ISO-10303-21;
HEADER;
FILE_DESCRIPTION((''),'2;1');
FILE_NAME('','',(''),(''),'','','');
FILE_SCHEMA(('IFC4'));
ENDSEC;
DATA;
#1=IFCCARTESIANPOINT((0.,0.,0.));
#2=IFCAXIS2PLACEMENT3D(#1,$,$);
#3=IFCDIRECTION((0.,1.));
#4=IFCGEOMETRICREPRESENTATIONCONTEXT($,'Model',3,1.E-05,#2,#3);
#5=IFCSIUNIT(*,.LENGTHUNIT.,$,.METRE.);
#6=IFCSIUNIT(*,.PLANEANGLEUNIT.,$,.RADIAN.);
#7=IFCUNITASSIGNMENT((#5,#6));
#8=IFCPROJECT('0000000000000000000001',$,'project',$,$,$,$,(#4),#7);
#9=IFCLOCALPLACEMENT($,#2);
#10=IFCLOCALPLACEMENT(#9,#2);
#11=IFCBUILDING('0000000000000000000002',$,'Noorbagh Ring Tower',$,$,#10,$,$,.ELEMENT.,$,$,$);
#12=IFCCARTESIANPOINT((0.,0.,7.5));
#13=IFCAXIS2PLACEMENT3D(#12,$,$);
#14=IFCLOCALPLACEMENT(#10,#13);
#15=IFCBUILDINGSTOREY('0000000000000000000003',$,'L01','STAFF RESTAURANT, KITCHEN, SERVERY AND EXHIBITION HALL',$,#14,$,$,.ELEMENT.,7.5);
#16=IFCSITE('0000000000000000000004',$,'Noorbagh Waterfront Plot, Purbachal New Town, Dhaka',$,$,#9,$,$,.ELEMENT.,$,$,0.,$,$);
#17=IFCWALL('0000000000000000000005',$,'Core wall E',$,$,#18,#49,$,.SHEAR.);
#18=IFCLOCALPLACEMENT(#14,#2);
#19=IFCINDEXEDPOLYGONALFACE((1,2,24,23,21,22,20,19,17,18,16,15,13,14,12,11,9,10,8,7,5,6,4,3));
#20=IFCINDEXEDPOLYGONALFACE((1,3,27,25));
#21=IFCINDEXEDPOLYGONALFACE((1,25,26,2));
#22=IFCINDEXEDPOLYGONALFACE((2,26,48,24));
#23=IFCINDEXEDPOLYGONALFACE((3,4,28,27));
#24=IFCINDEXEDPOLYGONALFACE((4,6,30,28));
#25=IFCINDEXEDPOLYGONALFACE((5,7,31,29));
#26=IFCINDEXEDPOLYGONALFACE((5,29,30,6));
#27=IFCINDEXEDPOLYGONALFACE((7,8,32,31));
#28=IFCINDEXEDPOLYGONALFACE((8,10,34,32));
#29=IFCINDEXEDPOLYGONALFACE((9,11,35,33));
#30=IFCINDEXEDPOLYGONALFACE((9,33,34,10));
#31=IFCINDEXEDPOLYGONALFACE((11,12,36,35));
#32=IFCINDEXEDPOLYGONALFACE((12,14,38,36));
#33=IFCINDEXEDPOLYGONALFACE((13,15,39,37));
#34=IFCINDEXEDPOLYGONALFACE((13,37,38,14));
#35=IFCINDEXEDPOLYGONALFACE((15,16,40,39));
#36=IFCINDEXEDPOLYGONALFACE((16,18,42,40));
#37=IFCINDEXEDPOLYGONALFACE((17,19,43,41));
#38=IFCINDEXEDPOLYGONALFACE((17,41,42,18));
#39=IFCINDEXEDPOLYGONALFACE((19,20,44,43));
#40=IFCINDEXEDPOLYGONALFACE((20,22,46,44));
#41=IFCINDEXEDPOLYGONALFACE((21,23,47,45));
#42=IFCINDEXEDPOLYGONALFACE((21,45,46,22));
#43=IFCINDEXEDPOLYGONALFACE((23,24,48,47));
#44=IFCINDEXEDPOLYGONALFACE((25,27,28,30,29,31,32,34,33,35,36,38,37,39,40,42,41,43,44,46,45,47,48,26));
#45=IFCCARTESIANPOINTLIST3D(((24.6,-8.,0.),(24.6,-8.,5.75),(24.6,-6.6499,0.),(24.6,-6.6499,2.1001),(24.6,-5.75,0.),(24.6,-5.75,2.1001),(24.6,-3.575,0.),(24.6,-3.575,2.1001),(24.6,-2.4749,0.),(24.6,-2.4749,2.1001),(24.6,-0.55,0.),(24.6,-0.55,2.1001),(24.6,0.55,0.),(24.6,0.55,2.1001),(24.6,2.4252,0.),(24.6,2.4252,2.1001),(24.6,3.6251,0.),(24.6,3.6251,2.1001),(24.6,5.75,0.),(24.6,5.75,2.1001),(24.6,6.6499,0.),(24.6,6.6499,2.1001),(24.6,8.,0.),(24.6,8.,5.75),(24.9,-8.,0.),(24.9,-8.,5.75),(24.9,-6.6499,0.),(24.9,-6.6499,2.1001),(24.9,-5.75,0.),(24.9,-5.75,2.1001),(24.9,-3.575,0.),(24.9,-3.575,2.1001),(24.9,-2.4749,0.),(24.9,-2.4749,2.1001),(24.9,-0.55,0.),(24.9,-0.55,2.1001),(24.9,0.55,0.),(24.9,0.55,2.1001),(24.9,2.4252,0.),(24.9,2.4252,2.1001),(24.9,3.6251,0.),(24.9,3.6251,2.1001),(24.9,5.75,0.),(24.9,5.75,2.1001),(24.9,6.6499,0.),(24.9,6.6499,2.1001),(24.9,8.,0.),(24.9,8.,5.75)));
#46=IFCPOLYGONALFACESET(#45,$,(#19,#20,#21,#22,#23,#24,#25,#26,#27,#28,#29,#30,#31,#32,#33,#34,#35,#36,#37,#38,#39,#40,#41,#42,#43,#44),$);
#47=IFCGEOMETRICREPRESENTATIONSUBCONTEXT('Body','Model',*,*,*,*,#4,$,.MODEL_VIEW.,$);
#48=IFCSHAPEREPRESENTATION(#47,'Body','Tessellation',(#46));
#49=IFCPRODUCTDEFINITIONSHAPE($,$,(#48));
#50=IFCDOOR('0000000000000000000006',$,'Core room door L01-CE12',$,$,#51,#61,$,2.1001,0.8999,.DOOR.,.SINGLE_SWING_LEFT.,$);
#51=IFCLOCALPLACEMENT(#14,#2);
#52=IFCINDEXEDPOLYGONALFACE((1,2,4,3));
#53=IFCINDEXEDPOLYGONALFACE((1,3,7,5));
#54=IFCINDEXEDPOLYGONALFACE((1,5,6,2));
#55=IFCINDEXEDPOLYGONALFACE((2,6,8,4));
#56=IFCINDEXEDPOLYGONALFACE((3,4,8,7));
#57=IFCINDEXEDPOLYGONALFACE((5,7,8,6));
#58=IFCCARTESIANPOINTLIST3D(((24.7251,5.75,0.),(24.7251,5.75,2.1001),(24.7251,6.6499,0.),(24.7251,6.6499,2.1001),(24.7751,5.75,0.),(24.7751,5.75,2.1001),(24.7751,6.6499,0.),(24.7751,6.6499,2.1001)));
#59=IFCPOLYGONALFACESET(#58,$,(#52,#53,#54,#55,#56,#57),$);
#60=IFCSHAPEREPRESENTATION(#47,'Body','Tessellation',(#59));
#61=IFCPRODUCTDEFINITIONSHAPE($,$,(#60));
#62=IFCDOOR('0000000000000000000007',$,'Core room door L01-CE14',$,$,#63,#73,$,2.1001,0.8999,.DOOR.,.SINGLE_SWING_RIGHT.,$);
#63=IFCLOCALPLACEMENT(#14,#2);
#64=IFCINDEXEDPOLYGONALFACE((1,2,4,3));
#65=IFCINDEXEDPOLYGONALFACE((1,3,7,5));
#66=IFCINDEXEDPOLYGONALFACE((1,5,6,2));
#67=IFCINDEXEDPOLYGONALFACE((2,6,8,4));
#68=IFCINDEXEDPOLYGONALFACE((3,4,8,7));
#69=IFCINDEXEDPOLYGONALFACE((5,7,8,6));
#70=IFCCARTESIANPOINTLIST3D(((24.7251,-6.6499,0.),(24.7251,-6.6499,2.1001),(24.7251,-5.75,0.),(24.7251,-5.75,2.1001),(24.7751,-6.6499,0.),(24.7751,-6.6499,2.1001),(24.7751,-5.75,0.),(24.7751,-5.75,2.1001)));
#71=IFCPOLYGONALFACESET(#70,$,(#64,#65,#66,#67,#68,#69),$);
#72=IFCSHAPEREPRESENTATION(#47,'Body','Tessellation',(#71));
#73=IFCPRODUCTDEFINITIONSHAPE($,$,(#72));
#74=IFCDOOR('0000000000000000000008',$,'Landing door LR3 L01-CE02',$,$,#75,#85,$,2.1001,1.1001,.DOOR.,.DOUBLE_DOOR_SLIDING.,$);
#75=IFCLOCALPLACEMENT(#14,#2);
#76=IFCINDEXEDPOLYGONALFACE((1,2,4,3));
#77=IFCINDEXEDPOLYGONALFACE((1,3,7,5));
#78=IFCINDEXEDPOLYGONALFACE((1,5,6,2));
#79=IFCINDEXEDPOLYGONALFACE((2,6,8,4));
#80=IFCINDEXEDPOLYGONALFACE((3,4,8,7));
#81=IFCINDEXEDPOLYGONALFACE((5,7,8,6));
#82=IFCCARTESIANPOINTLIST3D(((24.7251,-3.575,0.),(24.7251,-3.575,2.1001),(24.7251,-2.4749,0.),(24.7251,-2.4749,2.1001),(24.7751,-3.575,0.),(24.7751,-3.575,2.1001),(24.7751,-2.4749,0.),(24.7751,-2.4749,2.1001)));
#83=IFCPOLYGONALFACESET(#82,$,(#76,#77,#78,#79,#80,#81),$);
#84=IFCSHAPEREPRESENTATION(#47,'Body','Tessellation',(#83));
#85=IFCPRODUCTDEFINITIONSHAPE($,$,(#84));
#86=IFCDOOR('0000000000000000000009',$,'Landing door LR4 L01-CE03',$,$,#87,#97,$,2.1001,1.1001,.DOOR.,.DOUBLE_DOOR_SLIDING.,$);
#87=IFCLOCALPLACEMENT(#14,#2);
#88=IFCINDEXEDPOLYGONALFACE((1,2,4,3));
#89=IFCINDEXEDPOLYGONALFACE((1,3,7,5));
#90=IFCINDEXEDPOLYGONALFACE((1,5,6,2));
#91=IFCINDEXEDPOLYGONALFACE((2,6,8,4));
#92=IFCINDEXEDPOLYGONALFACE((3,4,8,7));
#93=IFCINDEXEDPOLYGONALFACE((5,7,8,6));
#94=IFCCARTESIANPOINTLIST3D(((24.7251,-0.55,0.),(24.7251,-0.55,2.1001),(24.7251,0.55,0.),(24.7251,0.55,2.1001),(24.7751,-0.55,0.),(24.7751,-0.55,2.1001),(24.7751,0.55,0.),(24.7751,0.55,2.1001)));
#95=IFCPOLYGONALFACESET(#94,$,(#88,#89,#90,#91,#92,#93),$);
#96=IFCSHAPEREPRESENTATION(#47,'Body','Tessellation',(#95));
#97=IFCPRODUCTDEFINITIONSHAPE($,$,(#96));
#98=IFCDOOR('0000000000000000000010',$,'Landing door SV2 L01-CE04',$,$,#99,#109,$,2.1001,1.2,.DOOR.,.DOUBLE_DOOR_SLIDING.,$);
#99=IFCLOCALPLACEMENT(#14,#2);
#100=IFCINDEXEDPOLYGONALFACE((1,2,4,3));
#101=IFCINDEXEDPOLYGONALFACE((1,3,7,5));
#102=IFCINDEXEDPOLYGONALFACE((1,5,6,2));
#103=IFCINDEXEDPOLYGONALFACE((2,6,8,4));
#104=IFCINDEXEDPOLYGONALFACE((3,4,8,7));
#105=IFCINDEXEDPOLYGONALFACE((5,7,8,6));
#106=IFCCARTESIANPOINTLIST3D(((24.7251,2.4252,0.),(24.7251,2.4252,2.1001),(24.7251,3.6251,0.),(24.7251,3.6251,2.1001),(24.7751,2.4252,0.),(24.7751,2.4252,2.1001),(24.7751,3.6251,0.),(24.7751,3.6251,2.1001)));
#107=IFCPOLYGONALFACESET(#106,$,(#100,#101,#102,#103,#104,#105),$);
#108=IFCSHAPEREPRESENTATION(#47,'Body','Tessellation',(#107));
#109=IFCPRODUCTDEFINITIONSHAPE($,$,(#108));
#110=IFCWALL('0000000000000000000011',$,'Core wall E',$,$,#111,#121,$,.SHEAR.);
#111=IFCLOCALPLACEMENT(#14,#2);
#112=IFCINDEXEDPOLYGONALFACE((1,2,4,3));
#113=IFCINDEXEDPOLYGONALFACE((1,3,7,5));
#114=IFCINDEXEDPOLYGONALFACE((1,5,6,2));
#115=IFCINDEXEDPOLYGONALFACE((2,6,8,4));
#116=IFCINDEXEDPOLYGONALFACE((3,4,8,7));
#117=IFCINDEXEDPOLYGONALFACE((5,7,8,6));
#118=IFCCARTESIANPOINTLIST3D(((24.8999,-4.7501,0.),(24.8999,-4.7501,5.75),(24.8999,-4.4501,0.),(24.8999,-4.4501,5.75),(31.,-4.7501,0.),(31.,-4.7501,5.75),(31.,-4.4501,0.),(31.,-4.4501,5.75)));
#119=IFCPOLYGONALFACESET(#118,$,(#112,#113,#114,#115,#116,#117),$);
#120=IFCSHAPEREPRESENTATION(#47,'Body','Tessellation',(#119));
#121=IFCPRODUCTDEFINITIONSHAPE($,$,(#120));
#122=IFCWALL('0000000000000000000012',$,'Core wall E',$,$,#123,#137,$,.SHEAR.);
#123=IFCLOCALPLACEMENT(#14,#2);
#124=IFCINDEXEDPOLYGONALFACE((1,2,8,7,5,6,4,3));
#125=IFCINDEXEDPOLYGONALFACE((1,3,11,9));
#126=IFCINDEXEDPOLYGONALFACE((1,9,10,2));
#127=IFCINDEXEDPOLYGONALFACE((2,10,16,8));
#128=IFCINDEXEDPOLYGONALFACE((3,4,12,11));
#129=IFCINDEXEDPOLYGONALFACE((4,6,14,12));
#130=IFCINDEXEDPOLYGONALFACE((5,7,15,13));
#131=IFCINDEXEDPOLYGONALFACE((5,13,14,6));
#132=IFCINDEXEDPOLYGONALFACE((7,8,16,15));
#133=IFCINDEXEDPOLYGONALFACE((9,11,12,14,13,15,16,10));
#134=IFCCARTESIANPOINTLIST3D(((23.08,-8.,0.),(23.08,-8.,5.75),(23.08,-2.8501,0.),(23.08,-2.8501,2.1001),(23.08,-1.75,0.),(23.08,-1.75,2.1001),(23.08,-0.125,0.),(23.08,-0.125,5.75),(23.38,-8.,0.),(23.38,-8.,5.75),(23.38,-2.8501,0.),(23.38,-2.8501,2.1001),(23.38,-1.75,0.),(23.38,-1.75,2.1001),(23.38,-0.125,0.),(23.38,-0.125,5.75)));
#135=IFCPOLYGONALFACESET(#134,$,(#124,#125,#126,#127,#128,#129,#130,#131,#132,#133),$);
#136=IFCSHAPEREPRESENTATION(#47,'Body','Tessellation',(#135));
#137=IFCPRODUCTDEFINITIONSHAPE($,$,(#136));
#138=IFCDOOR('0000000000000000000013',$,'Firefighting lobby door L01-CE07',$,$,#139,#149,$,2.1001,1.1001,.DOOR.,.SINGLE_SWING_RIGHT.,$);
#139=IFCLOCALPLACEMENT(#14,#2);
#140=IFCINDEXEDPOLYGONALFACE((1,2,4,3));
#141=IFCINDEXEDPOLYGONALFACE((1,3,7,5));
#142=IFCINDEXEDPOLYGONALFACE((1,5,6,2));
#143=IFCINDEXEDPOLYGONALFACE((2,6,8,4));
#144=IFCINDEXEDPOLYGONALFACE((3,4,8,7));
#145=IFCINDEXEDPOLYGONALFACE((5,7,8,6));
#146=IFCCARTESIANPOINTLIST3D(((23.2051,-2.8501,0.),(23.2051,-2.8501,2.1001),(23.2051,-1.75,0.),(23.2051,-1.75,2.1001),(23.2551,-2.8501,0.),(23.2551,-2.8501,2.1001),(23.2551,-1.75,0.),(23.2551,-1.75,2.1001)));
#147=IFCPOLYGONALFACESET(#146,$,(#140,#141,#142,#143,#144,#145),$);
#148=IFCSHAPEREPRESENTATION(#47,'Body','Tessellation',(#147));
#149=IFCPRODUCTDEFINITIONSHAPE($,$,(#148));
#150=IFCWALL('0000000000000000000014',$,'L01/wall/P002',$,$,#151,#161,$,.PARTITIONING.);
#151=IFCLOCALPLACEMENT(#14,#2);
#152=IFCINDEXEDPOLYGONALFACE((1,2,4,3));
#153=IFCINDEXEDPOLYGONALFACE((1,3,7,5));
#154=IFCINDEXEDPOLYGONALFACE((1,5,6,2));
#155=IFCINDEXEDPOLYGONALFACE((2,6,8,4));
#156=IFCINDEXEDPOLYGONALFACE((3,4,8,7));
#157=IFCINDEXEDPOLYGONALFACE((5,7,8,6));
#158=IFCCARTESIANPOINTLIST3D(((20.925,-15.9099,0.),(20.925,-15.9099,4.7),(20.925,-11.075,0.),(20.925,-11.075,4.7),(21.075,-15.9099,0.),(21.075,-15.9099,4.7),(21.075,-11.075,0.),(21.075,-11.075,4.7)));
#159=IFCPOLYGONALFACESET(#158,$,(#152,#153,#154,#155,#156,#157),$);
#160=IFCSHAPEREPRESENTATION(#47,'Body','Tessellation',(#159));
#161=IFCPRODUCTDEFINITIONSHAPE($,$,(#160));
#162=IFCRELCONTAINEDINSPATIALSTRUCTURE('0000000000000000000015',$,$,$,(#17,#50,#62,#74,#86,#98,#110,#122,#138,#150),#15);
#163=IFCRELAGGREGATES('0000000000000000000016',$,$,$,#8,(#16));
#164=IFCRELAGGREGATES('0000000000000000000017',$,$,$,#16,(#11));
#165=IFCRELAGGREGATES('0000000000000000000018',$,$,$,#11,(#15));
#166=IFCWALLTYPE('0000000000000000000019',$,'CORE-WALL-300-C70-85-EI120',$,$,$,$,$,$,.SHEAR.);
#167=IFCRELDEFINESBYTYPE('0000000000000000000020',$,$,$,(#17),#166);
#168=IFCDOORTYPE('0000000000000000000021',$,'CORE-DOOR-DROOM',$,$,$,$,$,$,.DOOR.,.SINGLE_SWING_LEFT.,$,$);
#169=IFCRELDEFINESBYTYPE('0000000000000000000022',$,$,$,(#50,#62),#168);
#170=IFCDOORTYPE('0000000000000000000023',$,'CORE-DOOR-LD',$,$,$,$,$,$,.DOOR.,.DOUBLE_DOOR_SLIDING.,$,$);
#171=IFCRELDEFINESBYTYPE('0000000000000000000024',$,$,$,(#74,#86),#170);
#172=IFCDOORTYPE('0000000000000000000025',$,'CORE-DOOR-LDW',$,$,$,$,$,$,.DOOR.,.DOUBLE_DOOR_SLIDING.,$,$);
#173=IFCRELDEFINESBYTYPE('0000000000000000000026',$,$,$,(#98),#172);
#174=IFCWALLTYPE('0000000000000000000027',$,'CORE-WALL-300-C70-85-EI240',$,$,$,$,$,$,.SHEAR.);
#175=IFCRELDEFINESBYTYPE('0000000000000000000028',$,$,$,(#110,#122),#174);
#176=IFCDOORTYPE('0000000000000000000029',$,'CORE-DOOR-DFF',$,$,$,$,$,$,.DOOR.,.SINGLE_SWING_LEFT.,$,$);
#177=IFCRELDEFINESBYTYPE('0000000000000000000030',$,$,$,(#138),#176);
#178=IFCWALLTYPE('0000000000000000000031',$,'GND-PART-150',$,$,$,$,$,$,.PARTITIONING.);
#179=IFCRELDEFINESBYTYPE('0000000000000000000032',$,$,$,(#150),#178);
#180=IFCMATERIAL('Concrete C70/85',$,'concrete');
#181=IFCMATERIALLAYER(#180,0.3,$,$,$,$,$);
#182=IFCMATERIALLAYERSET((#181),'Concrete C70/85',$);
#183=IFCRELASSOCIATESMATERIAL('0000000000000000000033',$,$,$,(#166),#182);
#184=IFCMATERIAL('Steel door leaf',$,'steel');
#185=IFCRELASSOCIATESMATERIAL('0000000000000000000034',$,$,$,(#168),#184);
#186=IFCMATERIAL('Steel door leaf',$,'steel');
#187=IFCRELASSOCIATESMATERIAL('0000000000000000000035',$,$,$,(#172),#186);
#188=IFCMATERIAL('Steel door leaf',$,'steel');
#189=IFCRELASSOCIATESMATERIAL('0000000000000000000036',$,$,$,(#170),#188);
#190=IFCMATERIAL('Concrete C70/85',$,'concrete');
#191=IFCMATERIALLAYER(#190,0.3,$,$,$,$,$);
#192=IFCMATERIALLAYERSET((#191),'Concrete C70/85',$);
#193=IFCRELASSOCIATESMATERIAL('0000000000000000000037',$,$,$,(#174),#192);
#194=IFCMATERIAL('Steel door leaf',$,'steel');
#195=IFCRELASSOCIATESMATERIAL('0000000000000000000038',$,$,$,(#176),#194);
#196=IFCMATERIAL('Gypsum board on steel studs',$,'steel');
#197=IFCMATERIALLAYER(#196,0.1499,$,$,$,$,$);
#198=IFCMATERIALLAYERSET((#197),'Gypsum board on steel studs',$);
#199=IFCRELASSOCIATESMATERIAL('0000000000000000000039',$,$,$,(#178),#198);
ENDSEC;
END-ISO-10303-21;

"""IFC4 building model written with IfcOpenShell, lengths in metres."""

from ifc_helpers import new_model, si_unit, direction, frame, frame_2d, origin, place, context, subcontext, project, spatial, rectangle, extrude, material, layer, layer_set, type_object, element, fill, save


model = new_model("IFC4")

# Units and contexts
model_context = context("Model", 3, precision=1e-05, world=origin(), true_north=direction((0.0, 1.0)))
body_context = subcontext(model_context, "Body", "Model", "MODEL_VIEW")
ifc_project = project(units=[si_unit("LENGTHUNIT", "METRE"), si_unit("PLANEANGLEUNIT", "RADIAN")], contexts=[model_context])

# Site, building, storey
site_placement = place(None, origin())
site = spatial("IfcSite", under=ifc_project, at=site_placement, Name="Noorbagh Waterfront Plot, Purbachal New Town, Dhaka", CompositionType="ELEMENT", RefElevation=0.0)
building_placement = place(site_placement, origin())
building = spatial("IfcBuilding", under=site, at=building_placement, Name="Noorbagh Ring Tower", CompositionType="ELEMENT")
storey_placement = place(building_placement, frame((0.0, 0.0, 7.5)))
storey = spatial("IfcBuildingStorey", under=building, at=storey_placement, Name="L01", Description="STAFF RESTAURANT, KITCHEN, SERVERY AND EXHIBITION HALL", CompositionType="ELEMENT", Elevation=7.5)

# Wall, openings, doors
ifc_material_1 = material(Name="Concrete C70/85", Category="concrete")
ifc_layer_1 = layer(ifc_material_1, 0.3)
ifc_layer_set_1 = layer_set([ifc_layer_1], Name="Concrete C70/85")
wall_type_1 = type_object("IfcWallType", Name="CORE-WALL-300-C70-85-EI120", PredefinedType="SHEAR", material=ifc_layer_set_1)
ifc_material_2 = material(Name="Steel door leaf", Category="steel")
door_type_1 = type_object("IfcDoorType", Name="CORE-DOOR-DROOM", OperationType="SINGLE_SWING_LEFT", PredefinedType="DOOR", material=ifc_material_2)
ifc_material_3 = material(Name="Steel door leaf", Category="steel")
door_type_2 = type_object("IfcDoorType", Name="CORE-DOOR-LDW", OperationType="DOUBLE_DOOR_SLIDING", PredefinedType="DOOR", material=ifc_material_3)
wall_1_placement = place(storey_placement, frame((24.75, -8.0, 0.0), z_axis=(0.0, 0.0, 1.0), x_axis=(0.0, 1.0, 0.0)))
wall_1 = element("IfcWall", 1, at=wall_1_placement, inside=storey, type_object=wall_type_1, Name="Core wall E", PredefinedType="SHEAR", context=body_context, shape_type="SweptSolid", body=[
    extrude(rectangle(XDim=16.0, YDim=0.3, at=frame_2d((8.0, 0.0))), origin(), (0.0, 0.0, 1.0), 5.75),
])
opening_1_placement = place(wall_1_placement, frame((4.425, 0.0, 0.0)))
opening_1 = element("IfcOpeningElement", 2, at=opening_1_placement, cuts=wall_1, PredefinedType="OPENING", context=body_context, shape_type="SweptSolid", body=[
    extrude(rectangle(XDim=1.1001, YDim=2.1001, at=frame_2d((0.55, 1.05))), frame((0.0, 0.1602, 0.0), z_axis=(0.0, -1.0, 0.0), x_axis=(1.0, 0.0, 0.0)), (0.0, 0.0, 1.0), 0.3201),
])
opening_2_placement = place(wall_1_placement, frame((7.45, 0.0, 0.0)))
opening_2 = element("IfcOpeningElement", 3, at=opening_2_placement, cuts=wall_1, PredefinedType="OPENING", context=body_context, shape_type="SweptSolid", body=[
    extrude(rectangle(XDim=1.1001, YDim=2.1001, at=frame_2d((0.55, 1.05))), frame((0.0, 0.1602, 0.0), z_axis=(0.0, -1.0, 0.0), x_axis=(1.0, 0.0, 0.0)), (0.0, 0.0, 1.0), 0.3201),
])
opening_3_placement = place(wall_1_placement, frame((10.425, 0.0, 0.0)))
opening_3 = element("IfcOpeningElement", 4, at=opening_3_placement, cuts=wall_1, PredefinedType="OPENING", context=body_context, shape_type="SweptSolid", body=[
    extrude(rectangle(XDim=1.2, YDim=2.1001, at=frame_2d((0.6001, 1.05))), frame((0.0, 0.1602, 0.0), z_axis=(0.0, -1.0, 0.0), x_axis=(1.0, 0.0, 0.0)), (0.0, 0.0, 1.0), 0.3201),
])
opening_4_placement = place(wall_1_placement, frame((13.75, 0.0, 0.0)))
opening_4 = element("IfcOpeningElement", 5, at=opening_4_placement, cuts=wall_1, PredefinedType="OPENING", context=body_context, shape_type="SweptSolid", body=[
    extrude(rectangle(XDim=0.8999, YDim=2.1001, at=frame_2d((0.45, 1.05))), frame((0.0, 0.1602, 0.0), z_axis=(0.0, -1.0, 0.0), x_axis=(1.0, 0.0, 0.0)), (0.0, 0.0, 1.0), 0.3201),
])
opening_5_placement = place(wall_1_placement, frame((1.3501, 0.0, 0.0)))
opening_5 = element("IfcOpeningElement", 6, at=opening_5_placement, cuts=wall_1, PredefinedType="OPENING", context=body_context, shape_type="SweptSolid", body=[
    extrude(rectangle(XDim=0.8999, YDim=2.1001, at=frame_2d((0.45, 1.05))), frame((0.0, 0.1602, 0.0), z_axis=(0.0, -1.0, 0.0), x_axis=(1.0, 0.0, 0.0)), (0.0, 0.0, 1.0), 0.3201),
])
door_1_placement = place(opening_4_placement, origin())
door_1 = element("IfcDoor", 7, at=door_1_placement, inside=storey, type_object=door_type_1, Name="Core room door L01-CE12", OperationType="SINGLE_SWING_LEFT", OverallHeight=2.1001, OverallWidth=0.8999, PredefinedType="DOOR", context=body_context, shape_type="SweptSolid", body=[
    extrude(rectangle(XDim=0.8999, YDim=2.1001, at=frame_2d((0.45, 1.05))), frame((0.0, 0.0249, 0.0), z_axis=(0.0, -1.0, 0.0), x_axis=(1.0, 0.0, 0.0)), (0.0, 0.0, 1.0), 0.05),
])
fill(opening_4, door_1)
door_2_placement = place(opening_5_placement, origin())
door_2 = element("IfcDoor", 8, at=door_2_placement, inside=storey, type_object=door_type_1, Name="Core room door L01-CE14", OperationType="SINGLE_SWING_RIGHT", OverallHeight=2.1001, OverallWidth=0.8999, PredefinedType="DOOR", context=body_context, shape_type="SweptSolid", body=[
    extrude(rectangle(XDim=0.8999, YDim=2.1001, at=frame_2d((0.45, 1.05))), frame((0.0, 0.0249, 0.0), z_axis=(0.0, -1.0, 0.0), x_axis=(1.0, 0.0, 0.0)), (0.0, 0.0, 1.0), 0.05),
])
fill(opening_5, door_2)
ifc_material_4 = material(Name="Steel door leaf", Category="steel")
door_type_3 = type_object("IfcDoorType", Name="CORE-DOOR-LD", OperationType="DOUBLE_DOOR_SLIDING", PredefinedType="DOOR", material=ifc_material_4)
door_3_placement = place(opening_1_placement, origin())
door_3 = element("IfcDoor", 9, at=door_3_placement, inside=storey, type_object=door_type_3, Name="Landing door LR3 L01-CE02", OperationType="DOUBLE_DOOR_SLIDING", OverallHeight=2.1001, OverallWidth=1.1001, PredefinedType="DOOR", context=body_context, shape_type="SweptSolid", body=[
    extrude(rectangle(XDim=1.1001, YDim=2.1001, at=frame_2d((0.55, 1.05))), frame((0.0, 0.0249, 0.0), z_axis=(0.0, -1.0, 0.0), x_axis=(1.0, 0.0, 0.0)), (0.0, 0.0, 1.0), 0.05),
])
fill(opening_1, door_3)
door_4_placement = place(opening_2_placement, origin())
door_4 = element("IfcDoor", 10, at=door_4_placement, inside=storey, type_object=door_type_3, Name="Landing door LR4 L01-CE03", OperationType="DOUBLE_DOOR_SLIDING", OverallHeight=2.1001, OverallWidth=1.1001, PredefinedType="DOOR", context=body_context, shape_type="SweptSolid", body=[
    extrude(rectangle(XDim=1.1001, YDim=2.1001, at=frame_2d((0.55, 1.05))), frame((0.0, 0.0249, 0.0), z_axis=(0.0, -1.0, 0.0), x_axis=(1.0, 0.0, 0.0)), (0.0, 0.0, 1.0), 0.05),
])
fill(opening_2, door_4)
door_5_placement = place(opening_3_placement, origin())
door_5 = element("IfcDoor", 11, at=door_5_placement, inside=storey, type_object=door_type_2, Name="Landing door SV2 L01-CE04", OperationType="DOUBLE_DOOR_SLIDING", OverallHeight=2.1001, OverallWidth=1.2, PredefinedType="DOOR", context=body_context, shape_type="SweptSolid", body=[
    extrude(rectangle(XDim=1.2, YDim=2.1001, at=frame_2d((0.6001, 1.05))), frame((0.0, 0.0249, 0.0), z_axis=(0.0, -1.0, 0.0), x_axis=(1.0, 0.0, 0.0)), (0.0, 0.0, 1.0), 0.05),
])
fill(opening_3, door_5)

# Wall
ifc_material_5 = material(Name="Concrete C70/85", Category="concrete")
ifc_layer_2 = layer(ifc_material_5, 0.3)
ifc_layer_set_2 = layer_set([ifc_layer_2], Name="Concrete C70/85")
wall_type_2 = type_object("IfcWallType", Name="CORE-WALL-300-C70-85-EI240", PredefinedType="SHEAR", material=ifc_layer_set_2)
wall_2_placement = place(storey_placement, frame((24.8999, -4.6001, 0.0), z_axis=(0.0, 0.0, 1.0), x_axis=(1.0, 0.0, 0.0)))
element("IfcWall", 12, at=wall_2_placement, inside=storey, type_object=wall_type_2, Name="Core wall E", PredefinedType="SHEAR", context=body_context, shape_type="SweptSolid", body=[
    extrude(rectangle(XDim=6.1001, YDim=0.3, at=frame_2d((3.05, 0.0))), origin(), (0.0, 0.0, 1.0), 5.75),
])

# Wall, opening, door
wall_3_placement = place(storey_placement, frame((23.23, -8.0, 0.0), z_axis=(0.0, 0.0, 1.0), x_axis=(0.0, 1.0, 0.0)))
wall_3 = element("IfcWall", 13, at=wall_3_placement, inside=storey, type_object=wall_type_2, Name="Core wall E", PredefinedType="SHEAR", context=body_context, shape_type="SweptSolid", body=[
    extrude(rectangle(XDim=7.875, YDim=0.3, at=frame_2d((3.9375, 0.0))), origin(), (0.0, 0.0, 1.0), 5.75),
])
opening_6_placement = place(wall_3_placement, frame((5.1499, 0.0, 0.0)))
opening_6 = element("IfcOpeningElement", 14, at=opening_6_placement, cuts=wall_3, PredefinedType="OPENING", context=body_context, shape_type="SweptSolid", body=[
    extrude(rectangle(XDim=1.1001, YDim=2.1001, at=frame_2d((0.55, 1.05))), frame((0.0, 0.1602, 0.0), z_axis=(0.0, -1.0, 0.0), x_axis=(1.0, 0.0, 0.0)), (0.0, 0.0, 1.0), 0.3201),
])
ifc_material_6 = material(Name="Steel door leaf", Category="steel")
door_type_4 = type_object("IfcDoorType", Name="CORE-DOOR-DFF", OperationType="SINGLE_SWING_LEFT", PredefinedType="DOOR", material=ifc_material_6)
door_6_placement = place(opening_6_placement, origin())
door_6 = element("IfcDoor", 15, at=door_6_placement, inside=storey, type_object=door_type_4, Name="Firefighting lobby door L01-CE07", OperationType="SINGLE_SWING_RIGHT", OverallHeight=2.1001, OverallWidth=1.1001, PredefinedType="DOOR", context=body_context, shape_type="SweptSolid", body=[
    extrude(rectangle(XDim=1.1001, YDim=2.1001, at=frame_2d((0.55, 1.05))), frame((0.0, 0.0249, 0.0), z_axis=(0.0, -1.0, 0.0), x_axis=(1.0, 0.0, 0.0)), (0.0, 0.0, 1.0), 0.05),
])
fill(opening_6, door_6)

# Wall
ifc_material_7 = material(Name="Gypsum board on steel studs", Category="steel")
ifc_layer_3 = layer(ifc_material_7, 0.1499)
ifc_layer_set_3 = layer_set([ifc_layer_3], Name="Gypsum board on steel studs")
wall_type_3 = type_object("IfcWallType", Name="GND-PART-150", PredefinedType="PARTITIONING", material=ifc_layer_set_3)
wall_4_placement = place(storey_placement, frame((21.0, -11.075, 0.0), z_axis=(0.0, 0.0, 1.0), x_axis=(0.0, -1.0, 0.0)))
element("IfcWall", 16, at=wall_4_placement, inside=storey, type_object=wall_type_3, Name="L01/wall/P002", PredefinedType="PARTITIONING", context=body_context, shape_type="SweptSolid", body=[
    extrude(rectangle(XDim=4.835, YDim=0.1499, at=frame_2d((2.4175, 0.0))), origin(), (0.0, 0.0, 1.0), 4.7),
])

save(model, "model.ifc")
